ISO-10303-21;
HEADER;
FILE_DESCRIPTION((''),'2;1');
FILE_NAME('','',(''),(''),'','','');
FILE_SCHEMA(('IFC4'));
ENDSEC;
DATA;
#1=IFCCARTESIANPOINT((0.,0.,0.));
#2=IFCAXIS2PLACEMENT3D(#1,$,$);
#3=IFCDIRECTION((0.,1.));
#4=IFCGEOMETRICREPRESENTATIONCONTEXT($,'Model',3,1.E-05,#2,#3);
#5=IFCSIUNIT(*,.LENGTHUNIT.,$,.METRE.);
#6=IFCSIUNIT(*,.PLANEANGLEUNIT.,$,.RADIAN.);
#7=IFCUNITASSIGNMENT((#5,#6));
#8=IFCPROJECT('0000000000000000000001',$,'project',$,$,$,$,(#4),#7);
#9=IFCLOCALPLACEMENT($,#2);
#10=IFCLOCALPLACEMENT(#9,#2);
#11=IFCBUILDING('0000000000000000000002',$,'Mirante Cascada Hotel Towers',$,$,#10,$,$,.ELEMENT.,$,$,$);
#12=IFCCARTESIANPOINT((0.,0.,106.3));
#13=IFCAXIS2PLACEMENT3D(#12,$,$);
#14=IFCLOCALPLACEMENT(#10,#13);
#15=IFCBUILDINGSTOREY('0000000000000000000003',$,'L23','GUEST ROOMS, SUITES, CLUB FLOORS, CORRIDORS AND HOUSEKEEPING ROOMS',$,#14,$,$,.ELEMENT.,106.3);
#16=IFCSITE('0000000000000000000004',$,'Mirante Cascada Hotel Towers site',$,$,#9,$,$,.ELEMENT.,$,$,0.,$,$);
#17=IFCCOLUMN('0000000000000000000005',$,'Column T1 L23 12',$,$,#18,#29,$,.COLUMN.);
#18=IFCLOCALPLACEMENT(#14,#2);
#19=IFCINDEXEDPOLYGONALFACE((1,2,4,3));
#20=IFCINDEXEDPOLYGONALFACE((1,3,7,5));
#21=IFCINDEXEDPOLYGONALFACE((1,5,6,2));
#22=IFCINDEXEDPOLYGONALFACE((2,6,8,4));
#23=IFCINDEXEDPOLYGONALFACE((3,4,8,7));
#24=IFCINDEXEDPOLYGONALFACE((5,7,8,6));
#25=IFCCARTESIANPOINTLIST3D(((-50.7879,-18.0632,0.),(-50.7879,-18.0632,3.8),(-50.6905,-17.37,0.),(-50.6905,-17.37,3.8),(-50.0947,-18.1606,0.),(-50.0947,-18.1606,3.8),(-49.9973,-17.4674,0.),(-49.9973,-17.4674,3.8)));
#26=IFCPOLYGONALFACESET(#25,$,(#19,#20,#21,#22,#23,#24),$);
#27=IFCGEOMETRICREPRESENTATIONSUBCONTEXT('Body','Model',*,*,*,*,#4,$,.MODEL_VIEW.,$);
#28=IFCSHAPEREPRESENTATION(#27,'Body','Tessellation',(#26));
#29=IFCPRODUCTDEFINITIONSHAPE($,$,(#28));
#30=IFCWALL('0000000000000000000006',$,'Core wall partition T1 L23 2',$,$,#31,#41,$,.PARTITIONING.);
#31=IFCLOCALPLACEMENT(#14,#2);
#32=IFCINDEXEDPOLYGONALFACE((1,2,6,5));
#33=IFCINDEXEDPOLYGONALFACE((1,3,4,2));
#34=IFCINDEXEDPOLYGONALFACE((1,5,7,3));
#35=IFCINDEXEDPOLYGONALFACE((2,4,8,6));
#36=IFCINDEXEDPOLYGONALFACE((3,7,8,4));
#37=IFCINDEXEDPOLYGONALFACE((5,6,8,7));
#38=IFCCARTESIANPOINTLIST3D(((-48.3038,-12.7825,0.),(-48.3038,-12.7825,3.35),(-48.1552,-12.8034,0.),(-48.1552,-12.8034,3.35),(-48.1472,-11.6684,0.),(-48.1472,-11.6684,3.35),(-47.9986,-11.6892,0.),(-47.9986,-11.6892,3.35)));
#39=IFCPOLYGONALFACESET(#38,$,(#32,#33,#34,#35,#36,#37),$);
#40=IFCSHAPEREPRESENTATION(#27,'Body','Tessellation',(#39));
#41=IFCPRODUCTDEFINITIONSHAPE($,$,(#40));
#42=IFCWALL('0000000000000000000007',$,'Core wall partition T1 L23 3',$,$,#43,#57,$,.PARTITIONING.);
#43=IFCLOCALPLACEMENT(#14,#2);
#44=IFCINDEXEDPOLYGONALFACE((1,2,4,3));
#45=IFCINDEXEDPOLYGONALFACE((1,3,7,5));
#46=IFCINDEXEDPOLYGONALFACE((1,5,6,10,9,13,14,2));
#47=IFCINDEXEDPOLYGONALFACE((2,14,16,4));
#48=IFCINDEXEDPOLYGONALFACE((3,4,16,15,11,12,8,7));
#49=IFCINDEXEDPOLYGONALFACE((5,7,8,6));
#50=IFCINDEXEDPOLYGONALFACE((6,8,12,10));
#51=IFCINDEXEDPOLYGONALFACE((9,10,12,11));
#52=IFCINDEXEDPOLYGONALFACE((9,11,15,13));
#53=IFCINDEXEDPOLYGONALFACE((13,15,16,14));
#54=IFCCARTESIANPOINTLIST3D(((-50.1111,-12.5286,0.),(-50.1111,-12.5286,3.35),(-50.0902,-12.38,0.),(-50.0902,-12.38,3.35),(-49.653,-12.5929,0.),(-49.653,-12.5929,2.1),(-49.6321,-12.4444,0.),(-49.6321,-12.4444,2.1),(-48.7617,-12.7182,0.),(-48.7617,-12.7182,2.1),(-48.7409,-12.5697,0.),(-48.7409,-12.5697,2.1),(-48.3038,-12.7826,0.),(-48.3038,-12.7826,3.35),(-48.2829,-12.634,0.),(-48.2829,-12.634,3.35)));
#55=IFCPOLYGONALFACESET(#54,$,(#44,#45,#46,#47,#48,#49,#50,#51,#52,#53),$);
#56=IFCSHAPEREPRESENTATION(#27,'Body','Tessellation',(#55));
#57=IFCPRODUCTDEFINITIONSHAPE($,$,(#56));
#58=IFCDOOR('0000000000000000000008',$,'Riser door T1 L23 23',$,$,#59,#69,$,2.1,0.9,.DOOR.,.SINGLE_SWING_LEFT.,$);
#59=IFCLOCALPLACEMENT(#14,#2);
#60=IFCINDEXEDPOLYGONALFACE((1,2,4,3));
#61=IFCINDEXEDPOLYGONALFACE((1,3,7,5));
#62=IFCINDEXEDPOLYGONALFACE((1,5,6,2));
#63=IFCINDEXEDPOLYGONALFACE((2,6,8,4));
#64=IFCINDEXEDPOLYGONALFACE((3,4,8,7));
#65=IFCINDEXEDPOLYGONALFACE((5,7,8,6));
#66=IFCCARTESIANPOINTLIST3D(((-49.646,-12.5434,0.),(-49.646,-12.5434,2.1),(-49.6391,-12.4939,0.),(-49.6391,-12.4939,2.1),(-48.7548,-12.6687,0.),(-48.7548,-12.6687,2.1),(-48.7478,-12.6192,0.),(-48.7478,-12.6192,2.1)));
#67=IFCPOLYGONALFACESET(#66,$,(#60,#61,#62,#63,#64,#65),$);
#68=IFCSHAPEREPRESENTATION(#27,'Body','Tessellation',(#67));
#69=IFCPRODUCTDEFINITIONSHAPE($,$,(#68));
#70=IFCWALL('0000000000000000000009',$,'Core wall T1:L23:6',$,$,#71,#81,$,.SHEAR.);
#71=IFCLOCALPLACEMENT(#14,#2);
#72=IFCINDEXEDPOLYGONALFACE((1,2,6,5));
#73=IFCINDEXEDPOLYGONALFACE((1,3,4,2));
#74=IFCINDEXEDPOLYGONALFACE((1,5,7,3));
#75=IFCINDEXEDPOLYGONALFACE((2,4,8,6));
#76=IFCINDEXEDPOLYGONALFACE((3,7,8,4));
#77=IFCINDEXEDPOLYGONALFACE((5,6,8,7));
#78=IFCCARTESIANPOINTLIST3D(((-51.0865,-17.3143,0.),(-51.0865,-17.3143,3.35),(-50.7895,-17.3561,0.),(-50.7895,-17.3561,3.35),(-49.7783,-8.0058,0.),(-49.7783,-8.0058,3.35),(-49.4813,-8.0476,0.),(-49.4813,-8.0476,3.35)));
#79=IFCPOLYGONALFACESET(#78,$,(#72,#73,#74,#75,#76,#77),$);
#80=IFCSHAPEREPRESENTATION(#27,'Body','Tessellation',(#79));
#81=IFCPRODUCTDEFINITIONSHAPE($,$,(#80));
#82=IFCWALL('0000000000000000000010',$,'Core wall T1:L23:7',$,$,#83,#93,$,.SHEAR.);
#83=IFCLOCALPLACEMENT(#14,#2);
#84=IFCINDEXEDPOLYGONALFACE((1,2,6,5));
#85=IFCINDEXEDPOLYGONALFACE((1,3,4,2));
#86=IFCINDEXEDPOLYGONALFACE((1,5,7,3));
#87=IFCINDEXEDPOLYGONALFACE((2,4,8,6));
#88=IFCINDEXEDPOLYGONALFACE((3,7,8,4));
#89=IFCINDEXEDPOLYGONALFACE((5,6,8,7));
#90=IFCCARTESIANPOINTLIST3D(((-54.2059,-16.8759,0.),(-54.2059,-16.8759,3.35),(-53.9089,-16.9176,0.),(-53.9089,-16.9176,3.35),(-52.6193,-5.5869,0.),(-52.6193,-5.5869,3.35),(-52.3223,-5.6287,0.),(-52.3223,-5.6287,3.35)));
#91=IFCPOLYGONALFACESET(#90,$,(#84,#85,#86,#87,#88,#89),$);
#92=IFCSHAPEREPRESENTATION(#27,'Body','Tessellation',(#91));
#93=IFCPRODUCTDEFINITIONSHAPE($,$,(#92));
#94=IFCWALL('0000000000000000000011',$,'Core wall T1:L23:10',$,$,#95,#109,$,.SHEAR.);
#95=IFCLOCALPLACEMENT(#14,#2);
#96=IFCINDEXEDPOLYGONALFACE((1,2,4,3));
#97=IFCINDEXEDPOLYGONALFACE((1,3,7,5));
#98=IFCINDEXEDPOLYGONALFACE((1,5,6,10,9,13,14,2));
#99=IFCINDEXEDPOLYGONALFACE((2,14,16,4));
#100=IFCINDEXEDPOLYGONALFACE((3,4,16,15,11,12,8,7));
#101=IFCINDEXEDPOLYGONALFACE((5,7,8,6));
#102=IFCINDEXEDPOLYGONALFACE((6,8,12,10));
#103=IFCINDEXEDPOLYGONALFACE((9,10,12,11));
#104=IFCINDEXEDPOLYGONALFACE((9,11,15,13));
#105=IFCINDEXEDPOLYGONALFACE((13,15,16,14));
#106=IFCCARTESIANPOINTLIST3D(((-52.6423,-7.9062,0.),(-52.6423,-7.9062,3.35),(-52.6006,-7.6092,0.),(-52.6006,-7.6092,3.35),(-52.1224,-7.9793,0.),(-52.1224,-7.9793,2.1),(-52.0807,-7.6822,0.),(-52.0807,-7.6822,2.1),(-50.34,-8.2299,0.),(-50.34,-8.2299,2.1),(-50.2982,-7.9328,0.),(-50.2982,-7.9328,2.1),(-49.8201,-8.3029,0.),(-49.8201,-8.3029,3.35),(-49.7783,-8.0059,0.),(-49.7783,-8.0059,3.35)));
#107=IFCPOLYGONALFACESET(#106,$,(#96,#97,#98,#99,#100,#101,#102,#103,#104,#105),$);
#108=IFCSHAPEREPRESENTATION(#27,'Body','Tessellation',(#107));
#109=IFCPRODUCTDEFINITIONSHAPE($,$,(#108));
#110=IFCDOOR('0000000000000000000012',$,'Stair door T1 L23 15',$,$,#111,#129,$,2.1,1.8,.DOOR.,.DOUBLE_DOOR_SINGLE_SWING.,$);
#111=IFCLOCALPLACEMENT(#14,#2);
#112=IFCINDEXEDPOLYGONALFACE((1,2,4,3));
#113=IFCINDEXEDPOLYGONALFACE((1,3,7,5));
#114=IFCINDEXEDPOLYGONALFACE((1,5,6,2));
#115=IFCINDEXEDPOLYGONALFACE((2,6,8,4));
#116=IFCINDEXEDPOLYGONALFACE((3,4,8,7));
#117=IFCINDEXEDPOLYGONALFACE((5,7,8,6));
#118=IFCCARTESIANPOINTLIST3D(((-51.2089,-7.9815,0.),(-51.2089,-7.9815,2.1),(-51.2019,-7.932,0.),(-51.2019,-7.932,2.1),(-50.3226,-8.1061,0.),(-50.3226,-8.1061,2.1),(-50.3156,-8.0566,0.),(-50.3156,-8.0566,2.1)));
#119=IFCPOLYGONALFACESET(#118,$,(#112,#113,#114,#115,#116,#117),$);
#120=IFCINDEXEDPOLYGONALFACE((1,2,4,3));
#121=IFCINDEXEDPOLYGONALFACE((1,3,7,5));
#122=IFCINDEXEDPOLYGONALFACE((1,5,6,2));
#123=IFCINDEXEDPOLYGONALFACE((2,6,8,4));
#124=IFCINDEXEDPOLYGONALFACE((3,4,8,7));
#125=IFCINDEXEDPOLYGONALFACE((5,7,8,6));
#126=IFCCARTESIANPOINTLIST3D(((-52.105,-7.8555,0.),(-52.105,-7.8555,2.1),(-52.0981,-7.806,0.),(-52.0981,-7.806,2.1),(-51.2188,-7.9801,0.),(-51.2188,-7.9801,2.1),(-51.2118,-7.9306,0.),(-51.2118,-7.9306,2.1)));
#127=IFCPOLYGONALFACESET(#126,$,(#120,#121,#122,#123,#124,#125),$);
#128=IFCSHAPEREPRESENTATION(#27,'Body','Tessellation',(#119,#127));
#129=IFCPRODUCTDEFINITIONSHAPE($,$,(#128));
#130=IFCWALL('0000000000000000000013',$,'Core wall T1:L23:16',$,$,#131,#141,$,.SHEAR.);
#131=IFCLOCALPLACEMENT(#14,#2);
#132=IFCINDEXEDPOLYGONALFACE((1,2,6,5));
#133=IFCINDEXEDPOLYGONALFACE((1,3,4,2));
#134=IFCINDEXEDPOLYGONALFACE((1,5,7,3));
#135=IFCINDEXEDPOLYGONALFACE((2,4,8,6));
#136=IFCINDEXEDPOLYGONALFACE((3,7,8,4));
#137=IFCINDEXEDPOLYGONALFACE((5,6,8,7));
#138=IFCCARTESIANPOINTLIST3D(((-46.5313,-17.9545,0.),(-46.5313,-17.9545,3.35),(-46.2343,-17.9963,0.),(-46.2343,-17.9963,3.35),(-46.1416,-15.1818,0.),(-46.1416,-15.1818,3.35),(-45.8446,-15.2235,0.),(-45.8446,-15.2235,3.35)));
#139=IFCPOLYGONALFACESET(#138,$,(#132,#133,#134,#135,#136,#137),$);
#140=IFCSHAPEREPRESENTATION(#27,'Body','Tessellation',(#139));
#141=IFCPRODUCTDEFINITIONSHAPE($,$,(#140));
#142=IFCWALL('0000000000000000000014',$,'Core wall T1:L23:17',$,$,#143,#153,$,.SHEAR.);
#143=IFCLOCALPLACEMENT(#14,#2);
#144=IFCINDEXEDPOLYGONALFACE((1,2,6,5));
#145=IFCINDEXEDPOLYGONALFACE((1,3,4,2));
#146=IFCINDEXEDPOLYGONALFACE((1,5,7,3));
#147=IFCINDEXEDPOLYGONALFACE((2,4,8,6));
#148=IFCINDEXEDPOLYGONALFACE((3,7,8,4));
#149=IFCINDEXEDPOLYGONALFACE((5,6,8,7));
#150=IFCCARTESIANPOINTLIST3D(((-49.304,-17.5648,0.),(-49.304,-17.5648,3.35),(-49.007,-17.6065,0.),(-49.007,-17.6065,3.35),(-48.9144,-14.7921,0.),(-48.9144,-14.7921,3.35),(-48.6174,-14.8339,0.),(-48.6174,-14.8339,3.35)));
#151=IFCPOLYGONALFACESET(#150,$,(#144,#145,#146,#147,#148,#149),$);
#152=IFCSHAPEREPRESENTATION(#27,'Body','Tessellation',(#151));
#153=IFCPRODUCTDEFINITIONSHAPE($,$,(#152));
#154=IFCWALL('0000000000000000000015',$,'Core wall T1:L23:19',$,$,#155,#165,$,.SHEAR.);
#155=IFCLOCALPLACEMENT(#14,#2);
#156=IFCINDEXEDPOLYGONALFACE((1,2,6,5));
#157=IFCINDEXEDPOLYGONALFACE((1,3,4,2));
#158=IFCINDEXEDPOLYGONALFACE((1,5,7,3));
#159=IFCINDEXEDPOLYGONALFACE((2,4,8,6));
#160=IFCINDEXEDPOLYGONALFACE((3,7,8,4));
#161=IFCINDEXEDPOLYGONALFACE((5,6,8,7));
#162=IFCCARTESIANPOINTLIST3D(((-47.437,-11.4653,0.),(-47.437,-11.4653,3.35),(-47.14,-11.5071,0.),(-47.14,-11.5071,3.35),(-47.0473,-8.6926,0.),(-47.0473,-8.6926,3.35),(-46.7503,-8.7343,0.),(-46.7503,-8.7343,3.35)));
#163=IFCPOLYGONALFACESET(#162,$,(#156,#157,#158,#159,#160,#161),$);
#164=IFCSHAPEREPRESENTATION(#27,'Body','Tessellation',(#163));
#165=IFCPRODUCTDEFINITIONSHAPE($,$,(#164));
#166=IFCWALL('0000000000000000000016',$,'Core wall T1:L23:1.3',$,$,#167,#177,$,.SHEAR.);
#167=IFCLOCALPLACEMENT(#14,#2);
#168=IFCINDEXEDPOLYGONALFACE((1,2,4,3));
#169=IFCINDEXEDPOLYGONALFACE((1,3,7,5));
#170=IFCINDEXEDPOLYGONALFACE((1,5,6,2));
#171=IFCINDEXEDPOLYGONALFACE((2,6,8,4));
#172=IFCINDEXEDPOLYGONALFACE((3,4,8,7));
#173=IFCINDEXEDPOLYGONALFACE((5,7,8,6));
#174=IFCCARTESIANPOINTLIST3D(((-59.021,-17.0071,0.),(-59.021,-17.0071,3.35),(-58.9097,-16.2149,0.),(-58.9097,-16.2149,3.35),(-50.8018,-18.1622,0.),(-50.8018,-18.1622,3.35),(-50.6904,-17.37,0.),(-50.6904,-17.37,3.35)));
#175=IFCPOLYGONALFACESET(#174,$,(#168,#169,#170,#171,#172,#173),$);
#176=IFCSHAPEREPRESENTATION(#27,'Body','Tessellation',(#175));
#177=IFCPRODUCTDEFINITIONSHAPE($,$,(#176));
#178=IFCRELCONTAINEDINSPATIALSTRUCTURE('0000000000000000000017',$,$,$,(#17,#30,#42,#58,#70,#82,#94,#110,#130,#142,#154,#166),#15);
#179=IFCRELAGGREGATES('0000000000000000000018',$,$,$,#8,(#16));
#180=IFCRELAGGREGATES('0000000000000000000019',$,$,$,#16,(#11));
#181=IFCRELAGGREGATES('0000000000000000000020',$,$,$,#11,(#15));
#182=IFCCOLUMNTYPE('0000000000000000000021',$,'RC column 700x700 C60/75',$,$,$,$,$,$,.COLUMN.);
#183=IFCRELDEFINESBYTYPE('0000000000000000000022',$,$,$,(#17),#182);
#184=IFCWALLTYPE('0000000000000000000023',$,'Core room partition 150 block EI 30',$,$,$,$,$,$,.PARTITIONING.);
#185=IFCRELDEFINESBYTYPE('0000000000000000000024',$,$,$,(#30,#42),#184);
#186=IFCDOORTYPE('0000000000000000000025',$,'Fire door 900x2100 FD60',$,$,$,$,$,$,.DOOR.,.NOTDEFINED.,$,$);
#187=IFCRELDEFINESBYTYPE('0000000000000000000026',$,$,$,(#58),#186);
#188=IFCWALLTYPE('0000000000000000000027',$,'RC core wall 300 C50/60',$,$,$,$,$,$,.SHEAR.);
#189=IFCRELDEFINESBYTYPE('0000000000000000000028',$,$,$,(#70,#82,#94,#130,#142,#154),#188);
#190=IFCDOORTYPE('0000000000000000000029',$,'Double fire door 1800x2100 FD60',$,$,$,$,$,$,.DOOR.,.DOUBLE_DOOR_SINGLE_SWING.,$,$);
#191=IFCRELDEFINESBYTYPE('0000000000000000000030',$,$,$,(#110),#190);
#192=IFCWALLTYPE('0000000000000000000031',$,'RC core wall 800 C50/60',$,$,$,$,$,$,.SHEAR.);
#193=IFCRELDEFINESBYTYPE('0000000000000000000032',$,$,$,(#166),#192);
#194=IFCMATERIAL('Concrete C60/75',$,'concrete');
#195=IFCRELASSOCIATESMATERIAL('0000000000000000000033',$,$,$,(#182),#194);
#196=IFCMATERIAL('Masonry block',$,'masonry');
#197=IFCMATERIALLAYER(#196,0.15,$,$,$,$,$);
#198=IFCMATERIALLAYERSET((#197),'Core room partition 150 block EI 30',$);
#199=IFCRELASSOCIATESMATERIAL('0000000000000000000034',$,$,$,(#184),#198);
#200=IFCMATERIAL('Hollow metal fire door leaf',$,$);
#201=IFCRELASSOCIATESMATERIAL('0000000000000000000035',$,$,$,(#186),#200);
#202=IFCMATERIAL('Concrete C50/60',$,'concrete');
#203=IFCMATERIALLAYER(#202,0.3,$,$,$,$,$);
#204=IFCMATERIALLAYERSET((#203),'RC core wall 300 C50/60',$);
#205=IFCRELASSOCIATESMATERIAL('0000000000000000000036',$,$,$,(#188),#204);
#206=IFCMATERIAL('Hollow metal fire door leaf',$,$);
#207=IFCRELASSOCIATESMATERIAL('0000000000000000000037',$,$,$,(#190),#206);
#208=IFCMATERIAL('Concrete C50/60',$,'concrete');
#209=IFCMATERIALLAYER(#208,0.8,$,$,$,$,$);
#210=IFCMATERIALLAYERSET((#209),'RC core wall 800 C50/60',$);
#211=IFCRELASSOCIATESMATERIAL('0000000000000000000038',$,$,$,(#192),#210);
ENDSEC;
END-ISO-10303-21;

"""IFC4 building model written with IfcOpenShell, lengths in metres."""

from ifc_helpers import new_model, si_unit, direction, frame, frame_2d, origin, origin_2d, place, context, subcontext, project, spatial, rectangle, extrude, material, layer, layer_set, material_profile, profile_set, type_object, element, fill, save


model = new_model("IFC4")

# Units and contexts
model_context = context("Model", 3, precision=1e-05, world=origin(), true_north=direction((0.0, 1.0)))
body_context = subcontext(model_context, "Body", "Model", "MODEL_VIEW")
ifc_project = project(units=[si_unit("LENGTHUNIT", "METRE"), si_unit("PLANEANGLEUNIT", "RADIAN")], contexts=[model_context])

# Site, building, storey
site_placement = place(None, origin())
site = spatial("IfcSite", under=ifc_project, at=site_placement, Name="Mirante Cascada Hotel Towers site", CompositionType="ELEMENT", RefElevation=0.0)
building_placement = place(site_placement, origin())
building = spatial("IfcBuilding", under=site, at=building_placement, Name="Mirante Cascada Hotel Towers", CompositionType="ELEMENT")
storey_placement = place(building_placement, frame((0.0, 0.0, 106.3)))
storey = spatial("IfcBuildingStorey", under=building, at=storey_placement, Name="L23", Description="GUEST ROOMS, SUITES, CLUB FLOORS, CORRIDORS AND HOUSEKEEPING ROOMS", CompositionType="ELEMENT", Elevation=106.3)

# Column
ifc_material_1 = material(Name="Concrete C60/75", Category="concrete")
ifc_material_profile = material_profile(ifc_material_1, rectangle(XDim=0.7, YDim=0.7, at=origin_2d()), Name="RC column 700x700 C60/75")
ifc_profile_set = profile_set([ifc_material_profile], Name="Concrete C60/75")
column_type = type_object("IfcColumnType", Name="RC column 700x700 C60/75", PredefinedType="COLUMN", material=ifc_profile_set)
column_placement = place(storey_placement, frame((-50.3926, -17.7653, 0.0), z_axis=(0.0, 0.0, 1.0), x_axis=(-0.990268, 0.139173, 0.0)))
element("IfcColumn", 1, at=column_placement, inside=storey, type_object=column_type, Name="Column T1 L23 12", PredefinedType="COLUMN", context=body_context, shape_type="SweptSolid", body=[
    extrude(rectangle(XDim=0.7, YDim=0.7, at=origin_2d()), origin(), (0.0, 0.0, 1.0), 3.8),
])

# Wall
ifc_material_2 = material(Name="Masonry block", Category="masonry")
ifc_layer_1 = layer(ifc_material_2, 0.15)
ifc_layer_set_1 = layer_set([ifc_layer_1], Name="Core room partition 150 block EI 30")
wall_type_1 = type_object("IfcWallType", Name="Core room partition 150 block EI 30", PredefinedType="PARTITIONING", material=ifc_layer_set_1)
wall_1_placement = place(storey_placement, frame((-48.2295, -12.793, 0.0), z_axis=(0.0, 0.0, 1.0), x_axis=(0.139193, 0.990265, 0.0)))
element("IfcWall", 2, at=wall_1_placement, inside=storey, type_object=wall_type_1, Name="Core wall partition T1 L23 2", PredefinedType="PARTITIONING", context=body_context, shape_type="SweptSolid", body=[
    extrude(rectangle(XDim=1.1251, YDim=0.15, at=frame_2d((0.5626, 0.0))), origin(), (0.0, 0.0, 1.0), 3.35),
])

# Wall, opening, door
wall_2_placement = place(storey_placement, frame((-48.2933, -12.7083, 0.0), z_axis=(0.0, 0.0, 1.0), x_axis=(-0.990268, 0.139173, 0.0)))
wall_2 = element("IfcWall", 3, at=wall_2_placement, inside=storey, type_object=wall_type_1, Name="Core wall partition T1 L23 3", PredefinedType="PARTITIONING", context=body_context, shape_type="SweptSolid", body=[
    extrude(rectangle(XDim=1.8251, YDim=0.15, at=frame_2d((0.9126, 0.0))), origin(), (0.0, 0.0, 1.0), 3.35),
])
opening_1_placement = place(wall_2_placement, frame((0.4625, 0.0, 0.0)))
opening_1 = element("IfcOpeningElement", 4, at=opening_1_placement, cuts=wall_2, PredefinedType="OPENING", context=body_context, shape_type="SweptSolid", body=[
    extrude(rectangle(XDim=0.9, YDim=2.1, at=frame_2d((0.45, 1.05))), frame((0.0, 0.075, 0.0), z_axis=(0.0, -1.0, 0.0), x_axis=(1.0, 0.0, 0.0)), (0.0, 0.0, 1.0), 0.15),
])
ifc_material_3 = material(Name="Hollow metal fire door leaf")
door_type_1 = type_object("IfcDoorType", Name="Fire door 900x2100 FD60", OperationType="NOTDEFINED", PredefinedType="DOOR", material=ifc_material_3)
door_1_placement = place(opening_1_placement, origin())
door_1 = element("IfcDoor", 5, at=door_1_placement, inside=storey, type_object=door_type_1, Name="Riser door T1 L23 23", OperationType="SINGLE_SWING_LEFT", OverallHeight=2.1, OverallWidth=0.9, PredefinedType="DOOR", context=body_context, shape_type="SweptSolid", body=[
    extrude(rectangle(XDim=0.9, YDim=2.1, at=frame_2d((0.45, 1.05))), frame((0.0, 0.025, 0.0), z_axis=(0.0, -1.0, 0.0), x_axis=(1.0, 0.0, 0.0)), (0.0, 0.0, 1.0), 0.05),
])
fill(opening_1, door_1)

# Walls
ifc_material_4 = material(Name="Concrete C50/60", Category="concrete")
ifc_layer_2 = layer(ifc_material_4, 0.3)
ifc_layer_set_2 = layer_set([ifc_layer_2], Name="RC core wall 300 C50/60")
wall_type_2 = type_object("IfcWallType", Name="RC core wall 300 C50/60", PredefinedType="SHEAR", material=ifc_layer_set_2)
wall_3_placement = place(storey_placement, frame((-50.938, -17.3352, 0.0), z_axis=(0.0, 0.0, 1.0), x_axis=(0.139171, 0.990268, 0.0)))
element("IfcWall", 6, at=wall_3_placement, inside=storey, type_object=wall_type_2, Name="Core wall T1:L23:6", PredefinedType="SHEAR", context=body_context, shape_type="SweptSolid", body=[
    extrude(rectangle(XDim=9.4, YDim=0.3, at=frame_2d((4.7, 0.0))), origin(), (0.0, 0.0, 1.0), 3.35),
])
wall_4_placement = place(storey_placement, frame((-54.0574, -16.8968, 0.0), z_axis=(0.0, 0.0, 1.0), x_axis=(0.139176, 0.990268, 0.0)))
element("IfcWall", 7, at=wall_4_placement, inside=storey, type_object=wall_type_2, Name="Core wall T1:L23:7", PredefinedType="SHEAR", context=body_context, shape_type="SweptSolid", body=[
    extrude(rectangle(XDim=11.3999, YDim=0.3, at=frame_2d((5.7, 0.0))), origin(), (0.0, 0.0, 1.0), 3.35),
])

# Wall, opening, door
wall_5_placement = place(storey_placement, frame((-49.7992, -8.1544, 0.0), z_axis=(0.0, 0.0, 1.0), x_axis=(-0.990266, 0.139191, 0.0)))
wall_5 = element("IfcWall", 8, at=wall_5_placement, inside=storey, type_object=wall_type_2, Name="Core wall T1:L23:10", PredefinedType="SHEAR", context=body_context, shape_type="SweptSolid", body=[
    extrude(rectangle(XDim=2.85, YDim=0.3, at=frame_2d((1.425, 0.0))), origin(), (0.0, 0.0, 1.0), 3.35),
])
opening_2_placement = place(wall_5_placement, frame((0.525, 0.0, 0.0)))
opening_2 = element("IfcOpeningElement", 9, at=opening_2_placement, cuts=wall_5, PredefinedType="OPENING", context=body_context, shape_type="SweptSolid", body=[
    extrude(rectangle(XDim=1.8, YDim=2.1, at=frame_2d((0.9, 1.05))), frame((0.0, 0.15, 0.0), z_axis=(0.0, -1.0, 0.0), x_axis=(1.0, 0.0, 0.0)), (0.0, 0.0, 1.0), 0.3),
])
ifc_material_5 = material(Name="Hollow metal fire door leaf")
door_type_2 = type_object("IfcDoorType", Name="Double fire door 1800x2100 FD60", OperationType="DOUBLE_DOOR_SINGLE_SWING", PredefinedType="DOOR", material=ifc_material_5)
door_2_placement = place(opening_2_placement, origin())
door_2 = element("IfcDoor", 10, at=door_2_placement, inside=storey, type_object=door_type_2, Name="Stair door T1 L23 15", OperationType="DOUBLE_DOOR_SINGLE_SWING", OverallHeight=2.1, OverallWidth=1.8, PredefinedType="DOOR", context=body_context, shape_type="SweptSolid", body=[
    extrude(rectangle(XDim=0.895, YDim=2.1, at=frame_2d((0.4475, 1.05))), frame((0.0, 0.025, 0.0), z_axis=(0.0, -1.0, 0.0), x_axis=(1.0, 0.0, 0.0)), (0.0, 0.0, 1.0), 0.05),
    extrude(rectangle(XDim=0.895, YDim=2.1, at=frame_2d((1.3525, 1.05))), frame((0.0, 0.025, 0.0), z_axis=(0.0, -1.0, 0.0), x_axis=(1.0, 0.0, 0.0)), (0.0, 0.0, 1.0), 0.05),
])
fill(opening_2, door_2)

# Walls
wall_6_placement = place(storey_placement, frame((-46.3828, -17.9754, 0.0), z_axis=(0.0, 0.0, 1.0), x_axis=(0.139181, 0.990267, 0.0)))
element("IfcWall", 11, at=wall_6_placement, inside=storey, type_object=wall_type_2, Name="Core wall T1:L23:16", PredefinedType="SHEAR", context=body_context, shape_type="SweptSolid", body=[
    extrude(rectangle(XDim=2.8, YDim=0.3, at=frame_2d((1.4, 0.0))), origin(), (0.0, 0.0, 1.0), 3.35),
])
wall_7_placement = place(storey_placement, frame((-49.1555, -17.5857, 0.0), z_axis=(0.0, 0.0, 1.0), x_axis=(0.139146, 0.990272, 0.0)))
element("IfcWall", 12, at=wall_7_placement, inside=storey, type_object=wall_type_2, Name="Core wall T1:L23:17", PredefinedType="SHEAR", context=body_context, shape_type="SweptSolid", body=[
    extrude(rectangle(XDim=2.7999, YDim=0.3, at=frame_2d((1.4, 0.0))), origin(), (0.0, 0.0, 1.0), 3.35),
])
wall_8_placement = place(storey_placement, frame((-47.2885, -11.4862, 0.0), z_axis=(0.0, 0.0, 1.0), x_axis=(0.139181, 0.990267, 0.0)))
element("IfcWall", 13, at=wall_8_placement, inside=storey, type_object=wall_type_2, Name="Core wall T1:L23:19", PredefinedType="SHEAR", context=body_context, shape_type="SweptSolid", body=[
    extrude(rectangle(XDim=2.8, YDim=0.3, at=frame_2d((1.4, 0.0))), origin(), (0.0, 0.0, 1.0), 3.35),
])

# Wall
ifc_material_6 = material(Name="Concrete C50/60", Category="concrete")
ifc_layer_3 = layer(ifc_material_6, 0.8)
ifc_layer_set_3 = layer_set([ifc_layer_3], Name="RC core wall 800 C50/60")
wall_type_3 = type_object("IfcWallType", Name="RC core wall 800 C50/60", PredefinedType="SHEAR", material=ifc_layer_set_3)
wall_9_placement = place(storey_placement, frame((-50.7461, -17.7661, 0.0), z_axis=(0.0, 0.0, 1.0), x_axis=(-0.990269, 0.139169, 0.0)))
element("IfcWall", 14, at=wall_9_placement, inside=storey, type_object=wall_type_3, Name="Core wall T1:L23:1.3", PredefinedType="SHEAR", context=body_context, shape_type="SweptSolid", body=[
    extrude(rectangle(XDim=8.3, YDim=0.8, at=frame_2d((4.15, 0.0))), origin(), (0.0, 0.0, 1.0), 3.35),
])

save(model, "model.ifc")
